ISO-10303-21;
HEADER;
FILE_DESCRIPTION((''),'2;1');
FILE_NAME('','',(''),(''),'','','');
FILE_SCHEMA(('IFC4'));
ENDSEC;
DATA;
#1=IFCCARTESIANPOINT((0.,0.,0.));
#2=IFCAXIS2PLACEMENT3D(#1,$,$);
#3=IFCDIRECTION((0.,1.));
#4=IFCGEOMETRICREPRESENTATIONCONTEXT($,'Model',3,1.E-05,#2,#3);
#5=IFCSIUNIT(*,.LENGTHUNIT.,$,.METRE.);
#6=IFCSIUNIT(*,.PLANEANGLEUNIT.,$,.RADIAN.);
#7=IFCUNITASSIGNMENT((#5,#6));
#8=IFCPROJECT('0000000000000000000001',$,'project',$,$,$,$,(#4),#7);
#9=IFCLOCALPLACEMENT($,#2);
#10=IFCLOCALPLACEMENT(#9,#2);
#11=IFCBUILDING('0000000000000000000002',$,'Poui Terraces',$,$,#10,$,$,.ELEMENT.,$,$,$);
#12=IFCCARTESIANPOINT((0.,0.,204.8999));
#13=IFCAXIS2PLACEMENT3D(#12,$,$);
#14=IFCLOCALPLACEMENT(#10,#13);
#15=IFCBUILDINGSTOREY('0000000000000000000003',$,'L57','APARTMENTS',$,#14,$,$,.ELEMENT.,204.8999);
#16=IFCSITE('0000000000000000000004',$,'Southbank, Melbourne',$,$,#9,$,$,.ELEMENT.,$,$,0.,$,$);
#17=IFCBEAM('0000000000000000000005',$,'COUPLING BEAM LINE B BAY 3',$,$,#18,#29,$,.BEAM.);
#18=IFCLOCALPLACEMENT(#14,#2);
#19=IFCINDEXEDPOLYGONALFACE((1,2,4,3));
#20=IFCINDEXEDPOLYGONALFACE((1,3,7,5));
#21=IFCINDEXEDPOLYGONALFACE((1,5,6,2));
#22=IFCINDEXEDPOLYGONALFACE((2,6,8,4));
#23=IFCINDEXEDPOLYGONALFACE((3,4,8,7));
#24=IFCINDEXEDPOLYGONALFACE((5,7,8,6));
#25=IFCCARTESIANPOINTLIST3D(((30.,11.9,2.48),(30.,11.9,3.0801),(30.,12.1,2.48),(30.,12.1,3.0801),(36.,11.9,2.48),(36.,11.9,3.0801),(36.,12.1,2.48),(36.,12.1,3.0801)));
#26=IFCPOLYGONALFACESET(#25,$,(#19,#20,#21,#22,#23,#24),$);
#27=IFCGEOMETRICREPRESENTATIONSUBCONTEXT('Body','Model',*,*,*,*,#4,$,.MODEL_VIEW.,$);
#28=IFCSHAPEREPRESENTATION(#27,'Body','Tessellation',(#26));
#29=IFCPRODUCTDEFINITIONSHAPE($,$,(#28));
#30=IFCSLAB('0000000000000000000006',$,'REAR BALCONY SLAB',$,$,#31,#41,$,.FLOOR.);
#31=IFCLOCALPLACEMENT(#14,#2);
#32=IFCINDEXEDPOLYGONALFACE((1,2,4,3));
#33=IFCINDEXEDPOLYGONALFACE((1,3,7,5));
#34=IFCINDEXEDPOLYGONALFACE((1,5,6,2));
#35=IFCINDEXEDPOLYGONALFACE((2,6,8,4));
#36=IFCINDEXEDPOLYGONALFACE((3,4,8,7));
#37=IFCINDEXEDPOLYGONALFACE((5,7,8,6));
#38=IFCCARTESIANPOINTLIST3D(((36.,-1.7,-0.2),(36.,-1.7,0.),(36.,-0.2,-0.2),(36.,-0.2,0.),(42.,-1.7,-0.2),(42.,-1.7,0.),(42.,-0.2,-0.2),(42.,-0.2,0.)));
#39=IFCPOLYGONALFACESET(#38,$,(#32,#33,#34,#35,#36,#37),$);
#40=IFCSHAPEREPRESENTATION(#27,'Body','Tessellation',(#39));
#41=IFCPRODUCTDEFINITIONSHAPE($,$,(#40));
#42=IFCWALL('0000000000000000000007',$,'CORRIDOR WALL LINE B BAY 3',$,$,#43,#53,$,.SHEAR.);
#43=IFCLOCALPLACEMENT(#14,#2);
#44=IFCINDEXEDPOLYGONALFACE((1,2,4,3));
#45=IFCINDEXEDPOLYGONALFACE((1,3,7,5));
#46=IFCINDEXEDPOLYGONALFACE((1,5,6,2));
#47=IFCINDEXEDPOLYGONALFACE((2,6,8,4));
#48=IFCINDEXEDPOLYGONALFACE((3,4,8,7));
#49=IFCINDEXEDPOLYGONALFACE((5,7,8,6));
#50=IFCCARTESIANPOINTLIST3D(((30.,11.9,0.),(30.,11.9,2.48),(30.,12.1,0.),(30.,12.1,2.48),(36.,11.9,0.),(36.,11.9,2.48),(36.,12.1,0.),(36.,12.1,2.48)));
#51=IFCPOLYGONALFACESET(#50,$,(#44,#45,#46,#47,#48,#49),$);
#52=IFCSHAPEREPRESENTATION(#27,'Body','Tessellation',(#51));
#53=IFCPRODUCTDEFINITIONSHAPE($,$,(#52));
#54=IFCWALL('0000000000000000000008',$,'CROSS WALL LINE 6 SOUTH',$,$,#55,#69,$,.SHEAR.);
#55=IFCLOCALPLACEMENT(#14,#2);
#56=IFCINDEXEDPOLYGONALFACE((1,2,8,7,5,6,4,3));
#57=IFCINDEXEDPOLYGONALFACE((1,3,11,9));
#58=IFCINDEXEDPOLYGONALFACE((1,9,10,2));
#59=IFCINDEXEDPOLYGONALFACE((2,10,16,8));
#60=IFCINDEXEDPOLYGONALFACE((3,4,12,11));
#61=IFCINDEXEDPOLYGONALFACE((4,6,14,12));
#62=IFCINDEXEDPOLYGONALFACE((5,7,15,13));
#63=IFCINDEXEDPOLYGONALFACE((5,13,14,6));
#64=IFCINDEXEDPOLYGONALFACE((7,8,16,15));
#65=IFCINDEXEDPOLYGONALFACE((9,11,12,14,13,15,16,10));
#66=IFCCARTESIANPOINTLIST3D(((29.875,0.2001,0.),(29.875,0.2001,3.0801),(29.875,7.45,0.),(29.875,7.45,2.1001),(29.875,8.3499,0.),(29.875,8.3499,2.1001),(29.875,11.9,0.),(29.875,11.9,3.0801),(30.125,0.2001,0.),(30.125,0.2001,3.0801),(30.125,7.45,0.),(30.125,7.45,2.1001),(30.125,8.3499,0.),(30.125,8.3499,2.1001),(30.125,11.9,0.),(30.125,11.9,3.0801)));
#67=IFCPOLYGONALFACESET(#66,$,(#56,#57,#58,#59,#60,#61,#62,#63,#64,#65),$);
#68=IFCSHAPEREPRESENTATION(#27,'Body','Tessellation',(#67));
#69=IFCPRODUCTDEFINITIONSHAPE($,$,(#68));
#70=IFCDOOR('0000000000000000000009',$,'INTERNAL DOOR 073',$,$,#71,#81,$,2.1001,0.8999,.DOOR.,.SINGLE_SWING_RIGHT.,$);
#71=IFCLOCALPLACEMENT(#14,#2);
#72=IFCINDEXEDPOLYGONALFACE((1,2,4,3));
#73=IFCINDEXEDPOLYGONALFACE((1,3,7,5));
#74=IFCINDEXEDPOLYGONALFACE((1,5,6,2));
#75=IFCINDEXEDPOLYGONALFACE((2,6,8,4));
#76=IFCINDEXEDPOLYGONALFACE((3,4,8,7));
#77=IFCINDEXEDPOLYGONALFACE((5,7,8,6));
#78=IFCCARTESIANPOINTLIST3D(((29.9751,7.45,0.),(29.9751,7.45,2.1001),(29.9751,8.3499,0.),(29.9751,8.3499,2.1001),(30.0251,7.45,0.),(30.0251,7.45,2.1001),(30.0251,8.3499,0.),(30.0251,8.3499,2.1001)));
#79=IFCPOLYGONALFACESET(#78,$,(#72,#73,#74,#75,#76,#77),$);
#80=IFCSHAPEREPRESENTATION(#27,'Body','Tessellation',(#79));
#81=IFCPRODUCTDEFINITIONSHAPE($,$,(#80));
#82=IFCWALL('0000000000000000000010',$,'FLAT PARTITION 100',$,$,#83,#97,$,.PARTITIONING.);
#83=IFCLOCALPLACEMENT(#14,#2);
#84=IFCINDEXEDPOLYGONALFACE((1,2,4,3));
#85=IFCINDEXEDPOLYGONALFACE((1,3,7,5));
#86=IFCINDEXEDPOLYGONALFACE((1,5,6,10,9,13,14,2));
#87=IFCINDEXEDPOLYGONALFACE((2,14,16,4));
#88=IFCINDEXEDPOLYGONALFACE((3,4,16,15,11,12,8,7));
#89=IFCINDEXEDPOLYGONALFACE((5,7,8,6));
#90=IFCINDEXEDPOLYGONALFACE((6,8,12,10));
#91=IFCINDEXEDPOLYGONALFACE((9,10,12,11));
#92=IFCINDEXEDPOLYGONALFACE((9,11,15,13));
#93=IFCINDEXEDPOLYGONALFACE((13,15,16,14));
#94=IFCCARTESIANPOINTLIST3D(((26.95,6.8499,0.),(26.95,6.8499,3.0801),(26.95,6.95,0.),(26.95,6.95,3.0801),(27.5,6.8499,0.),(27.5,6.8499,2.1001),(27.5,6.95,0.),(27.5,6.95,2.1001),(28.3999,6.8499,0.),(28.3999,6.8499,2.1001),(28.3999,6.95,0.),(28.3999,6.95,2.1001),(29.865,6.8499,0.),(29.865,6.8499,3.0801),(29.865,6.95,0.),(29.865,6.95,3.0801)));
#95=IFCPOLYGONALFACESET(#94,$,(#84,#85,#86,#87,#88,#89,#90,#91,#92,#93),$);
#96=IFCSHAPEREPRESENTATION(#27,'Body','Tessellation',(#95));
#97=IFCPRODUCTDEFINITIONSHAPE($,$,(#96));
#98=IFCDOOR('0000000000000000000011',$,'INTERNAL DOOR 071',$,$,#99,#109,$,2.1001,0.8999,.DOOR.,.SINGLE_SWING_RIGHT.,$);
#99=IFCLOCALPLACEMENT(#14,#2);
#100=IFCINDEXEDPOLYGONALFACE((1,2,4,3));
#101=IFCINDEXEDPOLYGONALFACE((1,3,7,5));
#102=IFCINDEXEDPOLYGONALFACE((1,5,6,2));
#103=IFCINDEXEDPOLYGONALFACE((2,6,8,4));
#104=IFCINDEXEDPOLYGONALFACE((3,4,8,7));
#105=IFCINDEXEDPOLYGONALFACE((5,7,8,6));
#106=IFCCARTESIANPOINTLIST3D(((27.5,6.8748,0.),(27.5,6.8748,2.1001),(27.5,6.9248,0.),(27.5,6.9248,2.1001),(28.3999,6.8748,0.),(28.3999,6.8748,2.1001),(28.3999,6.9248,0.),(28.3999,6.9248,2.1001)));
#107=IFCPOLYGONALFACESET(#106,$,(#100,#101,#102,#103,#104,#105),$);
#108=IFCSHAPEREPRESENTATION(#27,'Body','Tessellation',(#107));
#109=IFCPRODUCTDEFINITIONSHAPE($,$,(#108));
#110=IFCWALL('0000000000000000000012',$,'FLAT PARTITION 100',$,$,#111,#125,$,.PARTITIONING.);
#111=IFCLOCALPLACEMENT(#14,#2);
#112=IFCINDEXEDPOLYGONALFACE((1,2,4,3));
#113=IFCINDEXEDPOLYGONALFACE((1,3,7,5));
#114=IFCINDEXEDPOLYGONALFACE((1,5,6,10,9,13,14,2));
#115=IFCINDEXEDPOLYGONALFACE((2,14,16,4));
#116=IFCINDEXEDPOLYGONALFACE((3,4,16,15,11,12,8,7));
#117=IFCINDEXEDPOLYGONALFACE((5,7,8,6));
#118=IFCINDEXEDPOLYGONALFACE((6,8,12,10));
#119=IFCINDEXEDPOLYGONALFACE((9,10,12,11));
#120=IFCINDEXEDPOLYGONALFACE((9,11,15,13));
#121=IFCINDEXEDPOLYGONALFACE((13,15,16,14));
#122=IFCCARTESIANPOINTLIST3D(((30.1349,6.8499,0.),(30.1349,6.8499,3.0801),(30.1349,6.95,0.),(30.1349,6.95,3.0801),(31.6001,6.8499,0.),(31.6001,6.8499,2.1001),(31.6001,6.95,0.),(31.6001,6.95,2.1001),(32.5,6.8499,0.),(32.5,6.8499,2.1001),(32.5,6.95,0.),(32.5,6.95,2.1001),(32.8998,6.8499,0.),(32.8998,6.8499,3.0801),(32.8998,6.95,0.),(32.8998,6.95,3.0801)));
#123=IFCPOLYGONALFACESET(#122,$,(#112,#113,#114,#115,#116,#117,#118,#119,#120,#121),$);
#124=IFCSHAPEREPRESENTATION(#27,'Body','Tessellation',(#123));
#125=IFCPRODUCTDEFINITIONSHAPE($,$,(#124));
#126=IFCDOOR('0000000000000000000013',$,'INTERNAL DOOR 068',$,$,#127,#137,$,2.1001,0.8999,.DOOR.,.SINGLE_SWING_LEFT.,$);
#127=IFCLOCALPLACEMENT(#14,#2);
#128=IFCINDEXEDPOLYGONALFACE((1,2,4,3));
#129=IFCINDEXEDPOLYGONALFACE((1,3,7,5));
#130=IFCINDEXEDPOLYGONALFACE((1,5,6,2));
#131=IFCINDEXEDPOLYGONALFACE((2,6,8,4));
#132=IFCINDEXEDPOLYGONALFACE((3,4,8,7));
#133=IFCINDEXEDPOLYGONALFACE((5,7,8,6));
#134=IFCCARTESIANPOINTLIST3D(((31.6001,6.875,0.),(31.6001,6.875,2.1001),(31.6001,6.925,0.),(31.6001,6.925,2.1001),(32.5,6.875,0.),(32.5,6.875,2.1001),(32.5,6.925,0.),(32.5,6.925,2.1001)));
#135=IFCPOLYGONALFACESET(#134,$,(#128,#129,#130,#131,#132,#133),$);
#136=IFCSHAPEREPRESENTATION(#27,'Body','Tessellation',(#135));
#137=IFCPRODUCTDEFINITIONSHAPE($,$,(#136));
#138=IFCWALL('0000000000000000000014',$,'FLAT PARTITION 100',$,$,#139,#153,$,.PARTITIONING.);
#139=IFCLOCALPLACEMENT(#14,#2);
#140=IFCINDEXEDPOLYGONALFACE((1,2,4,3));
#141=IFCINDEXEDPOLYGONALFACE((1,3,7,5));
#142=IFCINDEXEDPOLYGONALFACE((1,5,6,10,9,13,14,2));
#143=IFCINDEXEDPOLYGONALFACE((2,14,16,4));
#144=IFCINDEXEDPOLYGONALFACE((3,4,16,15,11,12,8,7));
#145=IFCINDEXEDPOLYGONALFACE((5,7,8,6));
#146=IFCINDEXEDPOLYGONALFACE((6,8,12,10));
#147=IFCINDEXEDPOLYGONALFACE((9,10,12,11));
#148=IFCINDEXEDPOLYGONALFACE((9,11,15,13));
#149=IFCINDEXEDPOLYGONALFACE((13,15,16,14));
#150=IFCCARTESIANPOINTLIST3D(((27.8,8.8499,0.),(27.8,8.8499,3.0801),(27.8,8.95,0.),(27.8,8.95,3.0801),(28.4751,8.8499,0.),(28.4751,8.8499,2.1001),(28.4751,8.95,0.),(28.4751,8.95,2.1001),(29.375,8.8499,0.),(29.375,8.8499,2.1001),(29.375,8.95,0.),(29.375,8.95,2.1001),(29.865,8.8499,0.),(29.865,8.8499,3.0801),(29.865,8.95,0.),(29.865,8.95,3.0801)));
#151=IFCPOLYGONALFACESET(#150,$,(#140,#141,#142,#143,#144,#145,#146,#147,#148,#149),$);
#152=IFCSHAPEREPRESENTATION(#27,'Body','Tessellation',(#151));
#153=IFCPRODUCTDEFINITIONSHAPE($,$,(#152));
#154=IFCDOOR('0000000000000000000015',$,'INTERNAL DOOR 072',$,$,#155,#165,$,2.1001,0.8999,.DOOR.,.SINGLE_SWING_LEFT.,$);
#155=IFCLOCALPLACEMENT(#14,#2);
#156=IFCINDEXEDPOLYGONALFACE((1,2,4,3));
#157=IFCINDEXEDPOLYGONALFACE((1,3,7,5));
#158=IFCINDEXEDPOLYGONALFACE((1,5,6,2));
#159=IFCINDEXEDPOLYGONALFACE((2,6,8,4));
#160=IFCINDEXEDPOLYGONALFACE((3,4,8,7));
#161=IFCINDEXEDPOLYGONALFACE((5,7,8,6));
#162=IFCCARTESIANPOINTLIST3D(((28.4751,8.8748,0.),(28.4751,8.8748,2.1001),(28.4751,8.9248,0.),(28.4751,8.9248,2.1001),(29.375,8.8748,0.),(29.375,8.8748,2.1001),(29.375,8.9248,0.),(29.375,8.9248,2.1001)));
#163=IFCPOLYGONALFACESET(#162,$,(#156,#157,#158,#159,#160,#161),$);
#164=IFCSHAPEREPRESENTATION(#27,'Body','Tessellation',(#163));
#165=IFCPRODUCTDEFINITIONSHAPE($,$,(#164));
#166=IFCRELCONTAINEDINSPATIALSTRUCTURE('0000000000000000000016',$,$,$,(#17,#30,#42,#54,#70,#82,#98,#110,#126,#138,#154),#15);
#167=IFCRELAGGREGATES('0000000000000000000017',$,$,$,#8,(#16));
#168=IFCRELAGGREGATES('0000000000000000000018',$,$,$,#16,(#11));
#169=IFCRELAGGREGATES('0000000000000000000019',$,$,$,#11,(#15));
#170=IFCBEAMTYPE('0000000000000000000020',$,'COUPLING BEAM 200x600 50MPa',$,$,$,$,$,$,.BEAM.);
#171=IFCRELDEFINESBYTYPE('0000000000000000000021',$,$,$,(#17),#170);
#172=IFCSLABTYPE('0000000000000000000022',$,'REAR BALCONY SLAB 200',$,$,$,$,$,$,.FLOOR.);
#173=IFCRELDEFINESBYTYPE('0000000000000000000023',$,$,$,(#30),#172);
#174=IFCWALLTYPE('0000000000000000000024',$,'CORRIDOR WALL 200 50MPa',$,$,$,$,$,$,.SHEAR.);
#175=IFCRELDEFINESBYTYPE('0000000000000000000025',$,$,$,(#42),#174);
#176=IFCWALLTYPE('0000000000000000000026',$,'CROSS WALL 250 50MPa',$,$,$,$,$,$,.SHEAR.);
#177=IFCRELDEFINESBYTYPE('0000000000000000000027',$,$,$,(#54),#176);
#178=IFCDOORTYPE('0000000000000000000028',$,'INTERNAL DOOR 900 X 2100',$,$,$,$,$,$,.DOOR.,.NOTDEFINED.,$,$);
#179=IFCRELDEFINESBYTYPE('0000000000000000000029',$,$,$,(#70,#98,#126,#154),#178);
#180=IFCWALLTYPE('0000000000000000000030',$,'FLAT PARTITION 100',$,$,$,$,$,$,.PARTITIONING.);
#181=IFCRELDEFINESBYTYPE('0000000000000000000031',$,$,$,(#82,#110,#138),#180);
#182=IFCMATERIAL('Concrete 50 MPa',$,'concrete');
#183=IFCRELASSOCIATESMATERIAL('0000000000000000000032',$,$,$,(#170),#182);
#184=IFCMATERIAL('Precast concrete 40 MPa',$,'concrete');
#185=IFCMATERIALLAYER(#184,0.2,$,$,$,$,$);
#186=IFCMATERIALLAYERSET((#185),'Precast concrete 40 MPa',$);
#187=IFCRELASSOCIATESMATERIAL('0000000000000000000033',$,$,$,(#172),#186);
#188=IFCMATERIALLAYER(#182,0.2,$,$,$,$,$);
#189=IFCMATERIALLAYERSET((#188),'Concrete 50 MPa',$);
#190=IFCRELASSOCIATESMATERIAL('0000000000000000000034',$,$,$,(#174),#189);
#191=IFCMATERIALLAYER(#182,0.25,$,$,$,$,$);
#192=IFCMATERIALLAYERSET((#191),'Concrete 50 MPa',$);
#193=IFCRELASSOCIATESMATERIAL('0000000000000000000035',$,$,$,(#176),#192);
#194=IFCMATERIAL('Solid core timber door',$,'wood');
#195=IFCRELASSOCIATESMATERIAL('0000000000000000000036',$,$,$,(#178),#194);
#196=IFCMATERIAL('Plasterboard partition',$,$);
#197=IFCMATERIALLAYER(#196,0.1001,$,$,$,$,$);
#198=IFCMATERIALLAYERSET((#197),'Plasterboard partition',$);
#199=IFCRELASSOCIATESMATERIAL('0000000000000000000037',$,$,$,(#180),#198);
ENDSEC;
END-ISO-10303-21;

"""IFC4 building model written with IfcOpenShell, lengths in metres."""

from ifc_helpers import new_model, si_unit, direction, frame, frame_2d, origin, origin_2d, place, context, subcontext, project, spatial, polyline, rectangle, outline, extrude, source, transform, mapped, material, layer, layer_set, material_profile, profile_set, type_object, element, fill, save


model = new_model("IFC4")

# Units and contexts
model_context = context("Model", 3, precision=1e-05, world=origin(), true_north=direction((0.0, 1.0)))
body_context = subcontext(model_context, "Body", "Model", "MODEL_VIEW")
ifc_project = project(units=[si_unit("LENGTHUNIT", "METRE"), si_unit("PLANEANGLEUNIT", "RADIAN")], contexts=[model_context])

# Site, building, storey
site_placement = place(None, origin())
site = spatial("IfcSite", under=ifc_project, at=site_placement, Name="Southbank, Melbourne", CompositionType="ELEMENT", RefElevation=0.0)
building_placement = place(site_placement, origin())
building = spatial("IfcBuilding", under=site, at=building_placement, Name="Poui Terraces", CompositionType="ELEMENT")
storey_placement = place(building_placement, frame((0.0, 0.0, 204.8999)))
storey = spatial("IfcBuildingStorey", under=building, at=storey_placement, Name="L57", Description="APARTMENTS", CompositionType="ELEMENT", Elevation=204.8999)

# Beam
ifc_material_1 = material(Name="Concrete 50 MPa", Category="concrete")
ifc_material_profile_1 = material_profile(ifc_material_1, rectangle(XDim=0.2, YDim=0.6001, at=origin_2d()), Name="RC 200x600")
ifc_profile_set_1 = profile_set([ifc_material_profile_1], Name="Concrete 50 MPa")
beam_type = type_object("IfcBeamType", Name="COUPLING BEAM 200x600 50MPa", PredefinedType="BEAM", material=ifc_profile_set_1)
shared_shape_1 = source(origin(), body_context, "Body", "SweptSolid", [
    extrude(rectangle(XDim=0.2, YDim=0.6001, at=origin_2d()), origin(), (0.0, 0.0, 1.0), 6.0),
])
beam_placement = place(storey_placement, frame((30.0, 12.0, 2.78), z_axis=(1.0, 0.0, 0.0), x_axis=(0.0, 1.0, 0.0)))
element("IfcBeam", 1, at=beam_placement, inside=storey, type_object=beam_type, Name="COUPLING BEAM LINE B BAY 3", PredefinedType="BEAM", context=body_context, shape_type="MappedRepresentation", body=[
    mapped(shared_shape_1, transform((0.0, 0.0, 0.0))),
])

# Slab
ifc_material_2 = material(Name="Precast concrete 40 MPa", Category="concrete")
ifc_layer_1 = layer(ifc_material_2, 0.2)
ifc_layer_set_1 = layer_set([ifc_layer_1], Name="Precast concrete 40 MPa")
slab_type = type_object("IfcSlabType", Name="REAR BALCONY SLAB 200", PredefinedType="FLOOR", material=ifc_layer_set_1)
shared_shape_2 = source(origin(), body_context, "Body", "SweptSolid", [
    extrude(outline(polyline([(0.0, 0.0), (6.0, 0.0), (6.0, 1.5), (0.0, 1.5), (0.0, 0.0)])), origin(), (0.0, 0.0, 1.0), 0.2),
])
slab_placement = place(storey_placement, frame((36.0, -1.7, -0.2)))
element("IfcSlab", 2, at=slab_placement, inside=storey, type_object=slab_type, Name="REAR BALCONY SLAB", PredefinedType="FLOOR", context=body_context, shape_type="MappedRepresentation", body=[
    mapped(shared_shape_2, transform((0.0, 0.0, 0.0))),
])

# Wall
ifc_layer_2 = layer(ifc_material_1, 0.2)
ifc_layer_set_2 = layer_set([ifc_layer_2], Name="Concrete 50 MPa")
wall_type_1 = type_object("IfcWallType", Name="CORRIDOR WALL 200 50MPa", PredefinedType="SHEAR", material=ifc_layer_set_2)
wall_1_placement = place(storey_placement, frame((30.0, 12.0, 0.0), z_axis=(0.0, 0.0, 1.0), x_axis=(1.0, 0.0, 0.0)))
element("IfcWall", 3, at=wall_1_placement, inside=storey, type_object=wall_type_1, Name="CORRIDOR WALL LINE B BAY 3", PredefinedType="SHEAR", context=body_context, shape_type="SweptSolid", body=[
    extrude(rectangle(XDim=6.0, YDim=0.2, at=frame_2d((3.0, 0.0))), origin(), (0.0, 0.0, 1.0), 2.48),
])

# Walls, openings, doors
ifc_layer_3 = layer(ifc_material_1, 0.25)
ifc_layer_set_3 = layer_set([ifc_layer_3], Name="Concrete 50 MPa")
wall_type_2 = type_object("IfcWallType", Name="CROSS WALL 250 50MPa", PredefinedType="SHEAR", material=ifc_layer_set_3)
wall_2_placement = place(storey_placement, frame((30.0, 0.2, 0.0), z_axis=(0.0, 0.0, 1.0), x_axis=(0.0, 1.0, 0.0)))
wall_2 = element("IfcWall", 4, at=wall_2_placement, inside=storey, type_object=wall_type_2, Name="CROSS WALL LINE 6 SOUTH", PredefinedType="SHEAR", context=body_context, shape_type="SweptSolid", body=[
    extrude(rectangle(XDim=11.7, YDim=0.25, at=frame_2d((5.8501, 0.0))), origin(), (0.0, 0.0, 1.0), 3.0801),
])
opening_1_placement = place(wall_2_placement, frame((7.25, 0.0, 0.0)))
opening_1 = element("IfcOpeningElement", 5, at=opening_1_placement, cuts=wall_2, PredefinedType="OPENING", context=body_context, shape_type="SweptSolid", body=[
    extrude(rectangle(XDim=0.8999, YDim=2.1001, at=frame_2d((0.45, 1.05))), frame((0.0, 0.135, 0.0), z_axis=(0.0, -1.0, 0.0), x_axis=(1.0, 0.0, 0.0)), (0.0, 0.0, 1.0), 0.27),
])
ifc_material_3 = material(Name="Solid core timber door", Category="wood")
door_type_1 = type_object("IfcDoorType", Name="INTERNAL DOOR 900 X 2100", OperationType="NOTDEFINED", PredefinedType="DOOR", material=ifc_material_3)
door_1_placement = place(opening_1_placement, origin())
door_1 = element("IfcDoor", 6, at=door_1_placement, inside=storey, type_object=door_type_1, Name="INTERNAL DOOR 073", OperationType="SINGLE_SWING_RIGHT", OverallHeight=2.1001, OverallWidth=0.8999, PredefinedType="DOOR", context=body_context, shape_type="SweptSolid", body=[
    extrude(rectangle(XDim=0.8999, YDim=2.1001, at=frame_2d((0.45, 1.05))), frame((0.0, 0.0249, 0.0), z_axis=(0.0, -1.0, 0.0), x_axis=(1.0, 0.0, 0.0)), (0.0, 0.0, 1.0), 0.05),
])
fill(opening_1, door_1)
ifc_material_4 = material(Name="Plasterboard partition")
ifc_layer_4 = layer(ifc_material_4, 0.1001)
ifc_layer_set_4 = layer_set([ifc_layer_4], Name="Plasterboard partition")
wall_type_3 = type_object("IfcWallType", Name="FLAT PARTITION 100", PredefinedType="PARTITIONING", material=ifc_layer_set_4)
wall_3_placement = place(storey_placement, frame((26.95, 6.8999, 0.0), z_axis=(0.0, 0.0, 1.0), x_axis=(1.0, 0.0, 0.0)))
wall_3 = element("IfcWall", 7, at=wall_3_placement, inside=storey, type_object=wall_type_3, Name="FLAT PARTITION 100", PredefinedType="PARTITIONING", context=body_context, shape_type="SweptSolid", body=[
    extrude(rectangle(XDim=2.915, YDim=0.1001, at=frame_2d((1.4575, 0.0))), origin(), (0.0, 0.0, 1.0), 3.0801),
])
opening_2_placement = place(wall_3_placement, frame((0.55, 0.0, 0.0)))
opening_2 = element("IfcOpeningElement", 8, at=opening_2_placement, cuts=wall_3, PredefinedType="OPENING", context=body_context, shape_type="SweptSolid", body=[
    extrude(rectangle(XDim=0.8999, YDim=2.1001, at=frame_2d((0.45, 1.05))), frame((0.0, 0.0601, 0.0), z_axis=(0.0, -1.0, 0.0), x_axis=(1.0, 0.0, 0.0)), (0.0, 0.0, 1.0), 0.1201),
])
door_2_placement = place(opening_2_placement, origin())
door_2 = element("IfcDoor", 9, at=door_2_placement, inside=storey, type_object=door_type_1, Name="INTERNAL DOOR 071", OperationType="SINGLE_SWING_RIGHT", OverallHeight=2.1001, OverallWidth=0.8999, PredefinedType="DOOR", context=body_context, shape_type="SweptSolid", body=[
    extrude(rectangle(XDim=0.8999, YDim=2.1001, at=frame_2d((0.45, 1.05))), frame((0.0, 0.0249, 0.0), z_axis=(0.0, -1.0, 0.0), x_axis=(1.0, 0.0, 0.0)), (0.0, 0.0, 1.0), 0.05),
])
fill(opening_2, door_2)
wall_4_placement = place(storey_placement, frame((30.135, 6.8999, 0.0), z_axis=(0.0, 0.0, 1.0), x_axis=(1.0, 0.0, 0.0)))
wall_4 = element("IfcWall", 10, at=wall_4_placement, inside=storey, type_object=wall_type_3, Name="FLAT PARTITION 100", PredefinedType="PARTITIONING", context=body_context, shape_type="SweptSolid", body=[
    extrude(rectangle(XDim=2.7649, YDim=0.1001, at=frame_2d((1.3823, 0.0))), origin(), (0.0, 0.0, 1.0), 3.0801),
])
opening_3_placement = place(wall_4_placement, frame((1.4651, 0.0, 0.0)))
opening_3 = element("IfcOpeningElement", 11, at=opening_3_placement, cuts=wall_4, PredefinedType="OPENING", context=body_context, shape_type="SweptSolid", body=[
    extrude(rectangle(XDim=0.8999, YDim=2.1001, at=frame_2d((0.45, 1.05))), frame((0.0, 0.0601, 0.0), z_axis=(0.0, -1.0, 0.0), x_axis=(1.0, 0.0, 0.0)), (0.0, 0.0, 1.0), 0.1201),
])
door_3_placement = place(opening_3_placement, frame((0.8999, 0.0, 0.0), z_axis=(0.0, 0.0, 1.0), x_axis=(-1.0, 0.0, 0.0)))
door_3 = element("IfcDoor", 12, at=door_3_placement, inside=storey, type_object=door_type_1, Name="INTERNAL DOOR 068", OperationType="SINGLE_SWING_LEFT", OverallHeight=2.1001, OverallWidth=0.8999, PredefinedType="DOOR", context=body_context, shape_type="SweptSolid", body=[
    extrude(rectangle(XDim=0.8999, YDim=2.1001, at=frame_2d((0.45, 1.05))), frame((0.0, 0.0249, 0.0), z_axis=(0.0, -1.0, 0.0), x_axis=(1.0, 0.0, 0.0)), (0.0, 0.0, 1.0), 0.05),
])
fill(opening_3, door_3)
wall_5_placement = place(storey_placement, frame((27.8, 8.8999, 0.0), z_axis=(0.0, 0.0, 1.0), x_axis=(1.0, 0.0, 0.0)))
wall_5 = element("IfcWall", 13, at=wall_5_placement, inside=storey, type_object=wall_type_3, Name="FLAT PARTITION 100", PredefinedType="PARTITIONING", context=body_context, shape_type="SweptSolid", body=[
    extrude(rectangle(XDim=2.0649, YDim=0.1001, at=frame_2d((1.0325, 0.0))), origin(), (0.0, 0.0, 1.0), 3.0801),
])
opening_4_placement = place(wall_5_placement, frame((0.675, 0.0, 0.0)))
opening_4 = element("IfcOpeningElement", 14, at=opening_4_placement, cuts=wall_5, PredefinedType="OPENING", context=body_context, shape_type="SweptSolid", body=[
    extrude(rectangle(XDim=0.8999, YDim=2.1001, at=frame_2d((0.45, 1.05))), frame((0.0, 0.0601, 0.0), z_axis=(0.0, -1.0, 0.0), x_axis=(1.0, 0.0, 0.0)), (0.0, 0.0, 1.0), 0.1201),
])
door_4_placement = place(opening_4_placement, origin())
door_4 = element("IfcDoor", 15, at=door_4_placement, inside=storey, type_object=door_type_1, Name="INTERNAL DOOR 072", OperationType="SINGLE_SWING_LEFT", OverallHeight=2.1001, OverallWidth=0.8999, PredefinedType="DOOR", context=body_context, shape_type="SweptSolid", body=[
    extrude(rectangle(XDim=0.8999, YDim=2.1001, at=frame_2d((0.45, 1.05))), frame((0.0, 0.0249, 0.0), z_axis=(0.0, -1.0, 0.0), x_axis=(1.0, 0.0, 0.0)), (0.0, 0.0, 1.0), 0.05),
])
fill(opening_4, door_4)

save(model, "model.ifc")
